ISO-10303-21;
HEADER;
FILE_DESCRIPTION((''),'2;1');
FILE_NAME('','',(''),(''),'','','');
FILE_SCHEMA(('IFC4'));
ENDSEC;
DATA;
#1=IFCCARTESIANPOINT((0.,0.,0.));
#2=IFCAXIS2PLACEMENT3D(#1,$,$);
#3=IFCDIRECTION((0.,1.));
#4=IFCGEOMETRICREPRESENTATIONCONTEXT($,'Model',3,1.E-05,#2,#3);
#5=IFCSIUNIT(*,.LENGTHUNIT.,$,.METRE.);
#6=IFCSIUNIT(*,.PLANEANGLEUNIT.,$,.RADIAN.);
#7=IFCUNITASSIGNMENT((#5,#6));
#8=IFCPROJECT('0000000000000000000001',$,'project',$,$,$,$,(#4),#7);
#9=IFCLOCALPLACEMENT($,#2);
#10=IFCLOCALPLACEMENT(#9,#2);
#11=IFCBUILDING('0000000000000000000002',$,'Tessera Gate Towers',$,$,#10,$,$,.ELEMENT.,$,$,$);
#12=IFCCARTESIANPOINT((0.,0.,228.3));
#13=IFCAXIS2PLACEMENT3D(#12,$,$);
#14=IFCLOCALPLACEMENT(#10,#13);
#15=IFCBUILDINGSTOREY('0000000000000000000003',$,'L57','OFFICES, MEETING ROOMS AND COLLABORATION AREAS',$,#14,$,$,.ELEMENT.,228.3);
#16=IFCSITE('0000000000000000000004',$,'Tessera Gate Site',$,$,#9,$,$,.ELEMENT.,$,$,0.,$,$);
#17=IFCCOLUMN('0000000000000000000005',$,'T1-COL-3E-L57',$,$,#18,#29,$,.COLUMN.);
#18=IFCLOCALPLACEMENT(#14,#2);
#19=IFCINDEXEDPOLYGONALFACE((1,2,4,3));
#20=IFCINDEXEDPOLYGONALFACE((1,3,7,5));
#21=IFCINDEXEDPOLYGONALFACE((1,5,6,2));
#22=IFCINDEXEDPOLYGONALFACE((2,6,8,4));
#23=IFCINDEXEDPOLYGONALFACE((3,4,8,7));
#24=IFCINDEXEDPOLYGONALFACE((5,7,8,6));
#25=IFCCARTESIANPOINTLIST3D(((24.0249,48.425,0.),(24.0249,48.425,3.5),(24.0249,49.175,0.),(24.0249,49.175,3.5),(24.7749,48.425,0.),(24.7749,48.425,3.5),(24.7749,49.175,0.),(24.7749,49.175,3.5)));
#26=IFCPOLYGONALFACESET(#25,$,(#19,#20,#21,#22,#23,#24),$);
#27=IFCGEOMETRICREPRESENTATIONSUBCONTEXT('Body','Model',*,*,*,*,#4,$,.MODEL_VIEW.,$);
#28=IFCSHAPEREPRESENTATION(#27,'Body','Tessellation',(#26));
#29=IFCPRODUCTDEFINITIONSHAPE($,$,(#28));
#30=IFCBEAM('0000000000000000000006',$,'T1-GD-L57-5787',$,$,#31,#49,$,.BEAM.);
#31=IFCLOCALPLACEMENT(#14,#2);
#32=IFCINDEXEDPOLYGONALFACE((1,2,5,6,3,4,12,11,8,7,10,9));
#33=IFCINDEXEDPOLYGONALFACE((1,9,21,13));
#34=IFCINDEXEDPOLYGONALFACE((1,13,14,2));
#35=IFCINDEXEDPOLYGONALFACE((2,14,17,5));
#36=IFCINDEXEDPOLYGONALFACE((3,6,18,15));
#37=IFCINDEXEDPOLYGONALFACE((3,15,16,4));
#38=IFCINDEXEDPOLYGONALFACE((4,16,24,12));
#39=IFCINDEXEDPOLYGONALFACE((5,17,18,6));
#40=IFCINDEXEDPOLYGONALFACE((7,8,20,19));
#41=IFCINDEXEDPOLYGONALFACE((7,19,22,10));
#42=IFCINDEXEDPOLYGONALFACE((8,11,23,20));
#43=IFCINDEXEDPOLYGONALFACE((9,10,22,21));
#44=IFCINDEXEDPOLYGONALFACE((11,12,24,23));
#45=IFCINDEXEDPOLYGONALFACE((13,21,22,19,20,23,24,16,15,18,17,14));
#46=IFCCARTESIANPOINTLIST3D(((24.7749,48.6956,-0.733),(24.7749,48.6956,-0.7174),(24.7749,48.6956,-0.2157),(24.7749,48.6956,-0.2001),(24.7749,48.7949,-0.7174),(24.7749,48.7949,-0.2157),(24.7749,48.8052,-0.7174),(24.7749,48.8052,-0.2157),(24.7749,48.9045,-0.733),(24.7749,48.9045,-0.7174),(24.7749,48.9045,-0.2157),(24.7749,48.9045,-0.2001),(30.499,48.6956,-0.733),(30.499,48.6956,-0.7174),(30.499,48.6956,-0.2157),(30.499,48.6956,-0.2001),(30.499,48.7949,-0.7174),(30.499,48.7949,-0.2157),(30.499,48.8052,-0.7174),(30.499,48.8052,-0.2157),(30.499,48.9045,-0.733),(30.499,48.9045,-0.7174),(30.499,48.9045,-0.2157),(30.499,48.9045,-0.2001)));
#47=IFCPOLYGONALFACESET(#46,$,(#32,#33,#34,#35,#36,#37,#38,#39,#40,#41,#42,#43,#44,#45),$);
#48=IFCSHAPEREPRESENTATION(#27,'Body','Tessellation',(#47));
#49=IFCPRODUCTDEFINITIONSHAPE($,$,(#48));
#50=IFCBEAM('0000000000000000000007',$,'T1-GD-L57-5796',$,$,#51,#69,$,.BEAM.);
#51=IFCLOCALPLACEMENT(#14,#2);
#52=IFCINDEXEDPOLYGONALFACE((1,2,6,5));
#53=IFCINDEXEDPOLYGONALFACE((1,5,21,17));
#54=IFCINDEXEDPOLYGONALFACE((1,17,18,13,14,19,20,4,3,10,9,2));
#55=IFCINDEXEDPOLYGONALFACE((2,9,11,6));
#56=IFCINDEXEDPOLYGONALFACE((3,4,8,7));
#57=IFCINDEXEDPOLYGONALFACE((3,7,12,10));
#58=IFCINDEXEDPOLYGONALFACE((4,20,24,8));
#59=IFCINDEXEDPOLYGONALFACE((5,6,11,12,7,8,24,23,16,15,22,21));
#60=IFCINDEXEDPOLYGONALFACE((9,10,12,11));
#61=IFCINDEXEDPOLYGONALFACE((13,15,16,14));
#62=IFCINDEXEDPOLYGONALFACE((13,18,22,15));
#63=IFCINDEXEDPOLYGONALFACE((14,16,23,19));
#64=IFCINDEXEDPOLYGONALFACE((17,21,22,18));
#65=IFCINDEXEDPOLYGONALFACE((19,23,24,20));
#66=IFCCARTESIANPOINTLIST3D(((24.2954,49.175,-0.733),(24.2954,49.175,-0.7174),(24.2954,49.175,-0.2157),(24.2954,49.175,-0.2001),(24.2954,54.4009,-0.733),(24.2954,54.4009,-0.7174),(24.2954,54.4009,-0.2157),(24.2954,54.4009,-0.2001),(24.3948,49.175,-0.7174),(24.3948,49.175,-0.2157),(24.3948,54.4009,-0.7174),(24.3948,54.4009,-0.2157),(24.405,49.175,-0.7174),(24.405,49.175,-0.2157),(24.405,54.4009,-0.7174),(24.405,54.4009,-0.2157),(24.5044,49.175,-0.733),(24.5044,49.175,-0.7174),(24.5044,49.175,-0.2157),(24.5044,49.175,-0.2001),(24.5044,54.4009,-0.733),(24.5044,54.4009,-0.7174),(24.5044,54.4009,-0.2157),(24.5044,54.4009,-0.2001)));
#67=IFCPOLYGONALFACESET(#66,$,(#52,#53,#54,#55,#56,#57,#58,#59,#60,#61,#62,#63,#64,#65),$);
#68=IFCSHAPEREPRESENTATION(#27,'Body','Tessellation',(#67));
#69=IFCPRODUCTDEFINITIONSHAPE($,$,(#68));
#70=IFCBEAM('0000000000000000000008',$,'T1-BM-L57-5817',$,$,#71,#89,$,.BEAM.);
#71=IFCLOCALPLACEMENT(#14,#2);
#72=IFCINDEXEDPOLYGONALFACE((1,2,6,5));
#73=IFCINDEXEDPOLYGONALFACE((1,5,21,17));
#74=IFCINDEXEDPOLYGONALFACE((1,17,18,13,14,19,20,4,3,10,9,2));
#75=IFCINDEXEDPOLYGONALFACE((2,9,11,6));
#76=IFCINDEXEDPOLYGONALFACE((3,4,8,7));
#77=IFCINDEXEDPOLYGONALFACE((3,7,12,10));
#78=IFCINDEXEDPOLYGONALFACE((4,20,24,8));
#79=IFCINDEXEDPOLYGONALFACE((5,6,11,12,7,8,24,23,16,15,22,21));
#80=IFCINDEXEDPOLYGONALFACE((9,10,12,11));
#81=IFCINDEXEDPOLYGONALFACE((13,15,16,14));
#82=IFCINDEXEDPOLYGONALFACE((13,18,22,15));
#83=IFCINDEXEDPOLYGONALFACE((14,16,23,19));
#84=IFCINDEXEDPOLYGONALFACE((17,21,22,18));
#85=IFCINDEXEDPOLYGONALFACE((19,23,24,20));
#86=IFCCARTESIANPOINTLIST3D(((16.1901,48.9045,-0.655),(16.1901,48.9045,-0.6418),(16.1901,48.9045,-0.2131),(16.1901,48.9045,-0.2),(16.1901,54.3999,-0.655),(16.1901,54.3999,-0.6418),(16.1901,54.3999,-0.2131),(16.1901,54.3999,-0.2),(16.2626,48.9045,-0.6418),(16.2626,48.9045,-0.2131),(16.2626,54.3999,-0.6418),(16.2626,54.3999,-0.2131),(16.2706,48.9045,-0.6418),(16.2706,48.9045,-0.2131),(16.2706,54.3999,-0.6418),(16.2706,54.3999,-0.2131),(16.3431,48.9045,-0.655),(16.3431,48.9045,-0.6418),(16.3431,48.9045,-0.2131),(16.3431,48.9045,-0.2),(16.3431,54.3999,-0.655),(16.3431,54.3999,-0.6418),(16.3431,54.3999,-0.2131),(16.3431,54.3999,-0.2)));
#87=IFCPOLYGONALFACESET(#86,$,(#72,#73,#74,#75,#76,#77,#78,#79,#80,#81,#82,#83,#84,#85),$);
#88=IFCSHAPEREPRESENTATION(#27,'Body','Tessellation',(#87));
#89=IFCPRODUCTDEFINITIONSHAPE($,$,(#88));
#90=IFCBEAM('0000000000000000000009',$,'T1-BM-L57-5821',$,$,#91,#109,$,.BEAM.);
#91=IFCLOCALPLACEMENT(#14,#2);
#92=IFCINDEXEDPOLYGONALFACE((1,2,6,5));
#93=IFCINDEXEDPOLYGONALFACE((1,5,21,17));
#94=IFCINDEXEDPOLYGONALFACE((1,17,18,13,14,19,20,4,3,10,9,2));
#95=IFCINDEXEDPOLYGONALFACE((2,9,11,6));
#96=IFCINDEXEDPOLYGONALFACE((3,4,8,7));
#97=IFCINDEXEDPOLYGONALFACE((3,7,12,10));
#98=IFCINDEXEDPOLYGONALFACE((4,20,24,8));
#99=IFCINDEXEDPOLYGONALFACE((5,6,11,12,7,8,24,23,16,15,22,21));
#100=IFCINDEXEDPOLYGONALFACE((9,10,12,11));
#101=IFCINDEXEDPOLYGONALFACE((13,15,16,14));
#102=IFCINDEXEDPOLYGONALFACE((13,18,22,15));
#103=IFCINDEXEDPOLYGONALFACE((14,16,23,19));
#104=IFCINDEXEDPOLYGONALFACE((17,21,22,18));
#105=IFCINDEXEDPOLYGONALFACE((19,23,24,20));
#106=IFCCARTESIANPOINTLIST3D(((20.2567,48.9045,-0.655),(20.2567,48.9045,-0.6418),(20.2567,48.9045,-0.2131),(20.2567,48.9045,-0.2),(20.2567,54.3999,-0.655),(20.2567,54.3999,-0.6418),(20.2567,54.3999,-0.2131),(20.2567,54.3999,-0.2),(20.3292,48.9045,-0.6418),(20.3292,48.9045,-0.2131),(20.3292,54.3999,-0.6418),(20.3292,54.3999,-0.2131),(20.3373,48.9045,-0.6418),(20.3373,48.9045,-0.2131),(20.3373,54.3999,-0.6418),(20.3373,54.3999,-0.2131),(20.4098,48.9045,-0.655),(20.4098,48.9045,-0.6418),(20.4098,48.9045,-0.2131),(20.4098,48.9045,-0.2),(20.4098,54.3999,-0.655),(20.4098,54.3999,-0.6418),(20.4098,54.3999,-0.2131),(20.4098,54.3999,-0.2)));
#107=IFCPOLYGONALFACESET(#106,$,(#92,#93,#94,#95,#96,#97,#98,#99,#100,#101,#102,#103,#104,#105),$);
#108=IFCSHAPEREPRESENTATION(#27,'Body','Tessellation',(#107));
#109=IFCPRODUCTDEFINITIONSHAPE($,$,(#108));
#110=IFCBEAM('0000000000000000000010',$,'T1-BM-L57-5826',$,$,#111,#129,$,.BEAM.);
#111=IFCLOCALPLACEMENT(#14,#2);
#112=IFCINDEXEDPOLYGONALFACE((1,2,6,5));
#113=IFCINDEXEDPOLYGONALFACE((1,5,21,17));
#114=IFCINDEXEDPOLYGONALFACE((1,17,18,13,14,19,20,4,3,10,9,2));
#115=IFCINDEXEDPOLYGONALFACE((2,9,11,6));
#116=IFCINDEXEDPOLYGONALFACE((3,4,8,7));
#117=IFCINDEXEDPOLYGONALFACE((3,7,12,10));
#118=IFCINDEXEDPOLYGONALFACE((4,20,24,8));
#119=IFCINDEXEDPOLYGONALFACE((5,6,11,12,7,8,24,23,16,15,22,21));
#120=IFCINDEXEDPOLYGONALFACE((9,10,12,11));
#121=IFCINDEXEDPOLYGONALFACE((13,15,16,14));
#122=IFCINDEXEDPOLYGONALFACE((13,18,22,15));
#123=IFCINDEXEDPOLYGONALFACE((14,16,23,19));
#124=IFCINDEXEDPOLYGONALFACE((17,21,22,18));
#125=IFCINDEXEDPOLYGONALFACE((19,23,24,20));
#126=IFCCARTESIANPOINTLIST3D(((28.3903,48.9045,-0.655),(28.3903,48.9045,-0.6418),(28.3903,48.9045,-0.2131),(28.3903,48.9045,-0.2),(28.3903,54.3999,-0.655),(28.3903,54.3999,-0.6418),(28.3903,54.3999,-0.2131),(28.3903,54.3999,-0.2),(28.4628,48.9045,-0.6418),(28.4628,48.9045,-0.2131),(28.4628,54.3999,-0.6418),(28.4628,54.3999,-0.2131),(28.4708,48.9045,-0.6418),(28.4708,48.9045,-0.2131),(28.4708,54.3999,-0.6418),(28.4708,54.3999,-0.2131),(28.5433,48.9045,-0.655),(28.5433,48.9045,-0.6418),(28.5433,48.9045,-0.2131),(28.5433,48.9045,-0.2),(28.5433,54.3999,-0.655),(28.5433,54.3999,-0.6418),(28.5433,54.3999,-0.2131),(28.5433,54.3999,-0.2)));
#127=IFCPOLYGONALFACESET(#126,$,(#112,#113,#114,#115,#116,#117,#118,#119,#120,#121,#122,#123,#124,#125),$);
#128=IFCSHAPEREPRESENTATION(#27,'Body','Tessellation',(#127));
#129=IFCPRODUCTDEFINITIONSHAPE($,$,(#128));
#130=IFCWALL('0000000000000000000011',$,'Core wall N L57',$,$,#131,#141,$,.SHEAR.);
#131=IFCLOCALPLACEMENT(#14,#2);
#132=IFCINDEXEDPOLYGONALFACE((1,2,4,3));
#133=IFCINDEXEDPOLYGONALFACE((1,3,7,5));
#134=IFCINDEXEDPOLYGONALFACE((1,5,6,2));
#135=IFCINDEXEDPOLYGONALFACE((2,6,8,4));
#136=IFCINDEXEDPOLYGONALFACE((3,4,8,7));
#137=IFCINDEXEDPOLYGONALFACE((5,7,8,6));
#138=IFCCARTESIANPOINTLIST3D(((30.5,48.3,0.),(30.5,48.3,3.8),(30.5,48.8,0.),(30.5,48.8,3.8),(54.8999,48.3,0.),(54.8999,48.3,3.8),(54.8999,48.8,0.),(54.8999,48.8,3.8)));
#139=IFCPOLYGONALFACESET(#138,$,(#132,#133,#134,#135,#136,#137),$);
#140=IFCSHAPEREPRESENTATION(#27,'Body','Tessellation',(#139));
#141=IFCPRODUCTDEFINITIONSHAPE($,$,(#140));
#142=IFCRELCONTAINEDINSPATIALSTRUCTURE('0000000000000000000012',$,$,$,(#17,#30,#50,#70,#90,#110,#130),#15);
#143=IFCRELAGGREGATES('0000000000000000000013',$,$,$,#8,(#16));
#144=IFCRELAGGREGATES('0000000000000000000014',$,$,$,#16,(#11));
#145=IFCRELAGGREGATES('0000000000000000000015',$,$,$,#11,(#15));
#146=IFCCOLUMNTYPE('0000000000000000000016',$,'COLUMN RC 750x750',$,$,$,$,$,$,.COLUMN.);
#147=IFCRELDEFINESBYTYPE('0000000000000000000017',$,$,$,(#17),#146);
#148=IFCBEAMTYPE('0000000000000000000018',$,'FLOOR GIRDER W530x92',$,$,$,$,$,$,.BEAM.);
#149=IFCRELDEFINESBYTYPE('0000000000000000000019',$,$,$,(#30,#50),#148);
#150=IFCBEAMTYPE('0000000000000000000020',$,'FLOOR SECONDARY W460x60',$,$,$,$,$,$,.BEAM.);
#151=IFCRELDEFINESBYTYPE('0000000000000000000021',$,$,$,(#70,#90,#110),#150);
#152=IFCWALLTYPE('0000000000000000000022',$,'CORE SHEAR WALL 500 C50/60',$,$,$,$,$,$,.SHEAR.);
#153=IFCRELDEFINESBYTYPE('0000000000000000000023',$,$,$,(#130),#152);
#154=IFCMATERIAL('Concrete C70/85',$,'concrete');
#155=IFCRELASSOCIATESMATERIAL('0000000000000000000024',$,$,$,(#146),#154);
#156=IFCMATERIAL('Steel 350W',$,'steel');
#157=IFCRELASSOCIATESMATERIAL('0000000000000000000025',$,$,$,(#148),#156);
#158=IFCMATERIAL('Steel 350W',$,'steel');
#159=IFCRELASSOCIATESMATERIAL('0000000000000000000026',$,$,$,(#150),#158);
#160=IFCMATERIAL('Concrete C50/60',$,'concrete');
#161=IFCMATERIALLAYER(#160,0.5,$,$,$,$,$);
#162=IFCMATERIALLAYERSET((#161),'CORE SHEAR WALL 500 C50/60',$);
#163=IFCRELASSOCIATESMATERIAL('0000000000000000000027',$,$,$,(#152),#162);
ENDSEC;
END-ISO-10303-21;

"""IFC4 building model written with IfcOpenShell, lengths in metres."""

from ifc_helpers import new_model, si_unit, direction, frame, frame_2d, origin, origin_2d, place, context, subcontext, project, spatial, rectangle, i_section, extrude, material, layer, layer_set, material_profile, profile_set, type_object, element, save


model = new_model("IFC4")

# Units and contexts
model_context = context("Model", 3, precision=1e-05, world=origin(), true_north=direction((0.0, 1.0)))
body_context = subcontext(model_context, "Body", "Model", "MODEL_VIEW")
ifc_project = project(units=[si_unit("LENGTHUNIT", "METRE"), si_unit("PLANEANGLEUNIT", "RADIAN")], contexts=[model_context])

# Site, building, storey
site_placement = place(None, origin())
site = spatial("IfcSite", under=ifc_project, at=site_placement, Name="Tessera Gate Site", CompositionType="ELEMENT", RefElevation=0.0)
building_placement = place(site_placement, origin())
building = spatial("IfcBuilding", under=site, at=building_placement, Name="Tessera Gate Towers", CompositionType="ELEMENT")
storey_placement = place(building_placement, frame((0.0, 0.0, 228.3)))
storey = spatial("IfcBuildingStorey", under=building, at=storey_placement, Name="L57", Description="OFFICES, MEETING ROOMS AND COLLABORATION AREAS", CompositionType="ELEMENT", Elevation=228.3)

# Column
ifc_material_1 = material(Name="Concrete C70/85", Category="concrete")
ifc_material_profile_1 = material_profile(ifc_material_1, rectangle(XDim=0.75, YDim=0.75, at=origin_2d()), Name="RC 750x750")
ifc_profile_set_1 = profile_set([ifc_material_profile_1], Name="Concrete C70/85")
column_type = type_object("IfcColumnType", Name="COLUMN RC 750x750", PredefinedType="COLUMN", material=ifc_profile_set_1)
column_placement = place(storey_placement, frame((24.3999, 48.8, 0.0), z_axis=(0.0, 0.0, 1.0), x_axis=(1.0, 0.0, 0.0)))
element("IfcColumn", 1, at=column_placement, inside=storey, type_object=column_type, Name="T1-COL-3E-L57", PredefinedType="COLUMN", context=body_context, shape_type="SweptSolid", body=[
    extrude(rectangle(XDim=0.75, YDim=0.75, at=origin_2d()), origin(), (0.0, 0.0, 1.0), 3.5),
])

# Beams
ifc_material_2 = material(Name="Steel 350W", Category="steel")
ifc_material_profile_2 = material_profile(ifc_material_2, i_section(OverallWidth=0.209, OverallDepth=0.533, WebThickness=0.0103, FlangeThickness=0.0156, at=origin_2d()), Name="W530x92")
ifc_profile_set_2 = profile_set([ifc_material_profile_2], Name="Steel 350W")
beam_type_1 = type_object("IfcBeamType", Name="FLOOR GIRDER W530x92", PredefinedType="BEAM", material=ifc_profile_set_2)
beam_1_placement = place(storey_placement, frame((24.7749, 48.8, -0.4666), z_axis=(1.0, 0.0, 0.0), x_axis=(0.0, 1.0, 0.0)))
element("IfcBeam", 2, at=beam_1_placement, inside=storey, type_object=beam_type_1, Name="T1-GD-L57-5787", PredefinedType="BEAM", context=body_context, shape_type="SweptSolid", body=[
    extrude(i_section(OverallWidth=0.209, OverallDepth=0.533, WebThickness=0.0103, FlangeThickness=0.0156, at=origin_2d()), origin(), (0.0, 0.0, 1.0), 5.7241),
])
beam_2_placement = place(storey_placement, frame((24.3999, 49.175, -0.4666), z_axis=(0.0, 1.0, 0.0), x_axis=(-1.0, 0.0, 0.0)))
element("IfcBeam", 3, at=beam_2_placement, inside=storey, type_object=beam_type_1, Name="T1-GD-L57-5796", PredefinedType="BEAM", context=body_context, shape_type="SweptSolid", body=[
    extrude(i_section(OverallWidth=0.209, OverallDepth=0.533, WebThickness=0.0103, FlangeThickness=0.0156, at=origin_2d()), origin(), (0.0, 0.0, 1.0), 5.2258),
])
ifc_material_3 = material(Name="Steel 350W", Category="steel")
ifc_material_profile_3 = material_profile(ifc_material_3, i_section(OverallWidth=0.1531, OverallDepth=0.4551, WebThickness=0.0081, FlangeThickness=0.0132, at=origin_2d()), Name="W460x60")
ifc_profile_set_3 = profile_set([ifc_material_profile_3], Name="Steel 350W")
beam_type_2 = type_object("IfcBeamType", Name="FLOOR SECONDARY W460x60", PredefinedType="BEAM", material=ifc_profile_set_3)
for number, where, z_axis, x_axis, name in (
    (4, (16.2666, 48.9045, -0.4275), (0.0, 1.0, 0.0), (-1.0, 0.0, 0.0), "T1-BM-L57-5817"),
    (5, (20.3333, 48.9045, -0.4275), (0.0, 1.0, 0.0), (-1.0, 0.0, 0.0), "T1-BM-L57-5821"),
    (6, (28.4668, 48.9045, -0.4275), (0.0, 1.0, 0.0), (-1.0, 0.0, 0.0), "T1-BM-L57-5826"),
):
    element("IfcBeam", number, at=place(storey_placement, frame(where, z_axis=z_axis, x_axis=x_axis)), inside=storey, type_object=beam_type_2, Name=name, PredefinedType="BEAM", context=body_context, shape_type="SweptSolid", body=[
        extrude(i_section(OverallWidth=0.1531, OverallDepth=0.4551, WebThickness=0.0081, FlangeThickness=0.0132, at=origin_2d()), origin(), (0.0, 0.0, 1.0), 5.4954),
    ])

# Wall
ifc_material_4 = material(Name="Concrete C50/60", Category="concrete")
ifc_layer_1 = layer(ifc_material_4, 0.5)
ifc_layer_set_1 = layer_set([ifc_layer_1], Name="CORE SHEAR WALL 500 C50/60")
wall_type_1 = type_object("IfcWallType", Name="CORE SHEAR WALL 500 C50/60", PredefinedType="SHEAR", material=ifc_layer_set_1)
wall_1_placement = place(storey_placement, frame((30.5, 48.55, 0.0), z_axis=(0.0, 0.0, 1.0), x_axis=(1.0, 0.0, 0.0)))
element("IfcWall", 7, at=wall_1_placement, inside=storey, type_object=wall_type_1, Name="Core wall N L57", PredefinedType="SHEAR", context=body_context, shape_type="SweptSolid", body=[
    extrude(rectangle(XDim=24.3999, YDim=0.5, at=frame_2d((12.2, 0.0))), origin(), (0.0, 0.0, 1.0), 3.8),
])

save(model, "model.ifc")
